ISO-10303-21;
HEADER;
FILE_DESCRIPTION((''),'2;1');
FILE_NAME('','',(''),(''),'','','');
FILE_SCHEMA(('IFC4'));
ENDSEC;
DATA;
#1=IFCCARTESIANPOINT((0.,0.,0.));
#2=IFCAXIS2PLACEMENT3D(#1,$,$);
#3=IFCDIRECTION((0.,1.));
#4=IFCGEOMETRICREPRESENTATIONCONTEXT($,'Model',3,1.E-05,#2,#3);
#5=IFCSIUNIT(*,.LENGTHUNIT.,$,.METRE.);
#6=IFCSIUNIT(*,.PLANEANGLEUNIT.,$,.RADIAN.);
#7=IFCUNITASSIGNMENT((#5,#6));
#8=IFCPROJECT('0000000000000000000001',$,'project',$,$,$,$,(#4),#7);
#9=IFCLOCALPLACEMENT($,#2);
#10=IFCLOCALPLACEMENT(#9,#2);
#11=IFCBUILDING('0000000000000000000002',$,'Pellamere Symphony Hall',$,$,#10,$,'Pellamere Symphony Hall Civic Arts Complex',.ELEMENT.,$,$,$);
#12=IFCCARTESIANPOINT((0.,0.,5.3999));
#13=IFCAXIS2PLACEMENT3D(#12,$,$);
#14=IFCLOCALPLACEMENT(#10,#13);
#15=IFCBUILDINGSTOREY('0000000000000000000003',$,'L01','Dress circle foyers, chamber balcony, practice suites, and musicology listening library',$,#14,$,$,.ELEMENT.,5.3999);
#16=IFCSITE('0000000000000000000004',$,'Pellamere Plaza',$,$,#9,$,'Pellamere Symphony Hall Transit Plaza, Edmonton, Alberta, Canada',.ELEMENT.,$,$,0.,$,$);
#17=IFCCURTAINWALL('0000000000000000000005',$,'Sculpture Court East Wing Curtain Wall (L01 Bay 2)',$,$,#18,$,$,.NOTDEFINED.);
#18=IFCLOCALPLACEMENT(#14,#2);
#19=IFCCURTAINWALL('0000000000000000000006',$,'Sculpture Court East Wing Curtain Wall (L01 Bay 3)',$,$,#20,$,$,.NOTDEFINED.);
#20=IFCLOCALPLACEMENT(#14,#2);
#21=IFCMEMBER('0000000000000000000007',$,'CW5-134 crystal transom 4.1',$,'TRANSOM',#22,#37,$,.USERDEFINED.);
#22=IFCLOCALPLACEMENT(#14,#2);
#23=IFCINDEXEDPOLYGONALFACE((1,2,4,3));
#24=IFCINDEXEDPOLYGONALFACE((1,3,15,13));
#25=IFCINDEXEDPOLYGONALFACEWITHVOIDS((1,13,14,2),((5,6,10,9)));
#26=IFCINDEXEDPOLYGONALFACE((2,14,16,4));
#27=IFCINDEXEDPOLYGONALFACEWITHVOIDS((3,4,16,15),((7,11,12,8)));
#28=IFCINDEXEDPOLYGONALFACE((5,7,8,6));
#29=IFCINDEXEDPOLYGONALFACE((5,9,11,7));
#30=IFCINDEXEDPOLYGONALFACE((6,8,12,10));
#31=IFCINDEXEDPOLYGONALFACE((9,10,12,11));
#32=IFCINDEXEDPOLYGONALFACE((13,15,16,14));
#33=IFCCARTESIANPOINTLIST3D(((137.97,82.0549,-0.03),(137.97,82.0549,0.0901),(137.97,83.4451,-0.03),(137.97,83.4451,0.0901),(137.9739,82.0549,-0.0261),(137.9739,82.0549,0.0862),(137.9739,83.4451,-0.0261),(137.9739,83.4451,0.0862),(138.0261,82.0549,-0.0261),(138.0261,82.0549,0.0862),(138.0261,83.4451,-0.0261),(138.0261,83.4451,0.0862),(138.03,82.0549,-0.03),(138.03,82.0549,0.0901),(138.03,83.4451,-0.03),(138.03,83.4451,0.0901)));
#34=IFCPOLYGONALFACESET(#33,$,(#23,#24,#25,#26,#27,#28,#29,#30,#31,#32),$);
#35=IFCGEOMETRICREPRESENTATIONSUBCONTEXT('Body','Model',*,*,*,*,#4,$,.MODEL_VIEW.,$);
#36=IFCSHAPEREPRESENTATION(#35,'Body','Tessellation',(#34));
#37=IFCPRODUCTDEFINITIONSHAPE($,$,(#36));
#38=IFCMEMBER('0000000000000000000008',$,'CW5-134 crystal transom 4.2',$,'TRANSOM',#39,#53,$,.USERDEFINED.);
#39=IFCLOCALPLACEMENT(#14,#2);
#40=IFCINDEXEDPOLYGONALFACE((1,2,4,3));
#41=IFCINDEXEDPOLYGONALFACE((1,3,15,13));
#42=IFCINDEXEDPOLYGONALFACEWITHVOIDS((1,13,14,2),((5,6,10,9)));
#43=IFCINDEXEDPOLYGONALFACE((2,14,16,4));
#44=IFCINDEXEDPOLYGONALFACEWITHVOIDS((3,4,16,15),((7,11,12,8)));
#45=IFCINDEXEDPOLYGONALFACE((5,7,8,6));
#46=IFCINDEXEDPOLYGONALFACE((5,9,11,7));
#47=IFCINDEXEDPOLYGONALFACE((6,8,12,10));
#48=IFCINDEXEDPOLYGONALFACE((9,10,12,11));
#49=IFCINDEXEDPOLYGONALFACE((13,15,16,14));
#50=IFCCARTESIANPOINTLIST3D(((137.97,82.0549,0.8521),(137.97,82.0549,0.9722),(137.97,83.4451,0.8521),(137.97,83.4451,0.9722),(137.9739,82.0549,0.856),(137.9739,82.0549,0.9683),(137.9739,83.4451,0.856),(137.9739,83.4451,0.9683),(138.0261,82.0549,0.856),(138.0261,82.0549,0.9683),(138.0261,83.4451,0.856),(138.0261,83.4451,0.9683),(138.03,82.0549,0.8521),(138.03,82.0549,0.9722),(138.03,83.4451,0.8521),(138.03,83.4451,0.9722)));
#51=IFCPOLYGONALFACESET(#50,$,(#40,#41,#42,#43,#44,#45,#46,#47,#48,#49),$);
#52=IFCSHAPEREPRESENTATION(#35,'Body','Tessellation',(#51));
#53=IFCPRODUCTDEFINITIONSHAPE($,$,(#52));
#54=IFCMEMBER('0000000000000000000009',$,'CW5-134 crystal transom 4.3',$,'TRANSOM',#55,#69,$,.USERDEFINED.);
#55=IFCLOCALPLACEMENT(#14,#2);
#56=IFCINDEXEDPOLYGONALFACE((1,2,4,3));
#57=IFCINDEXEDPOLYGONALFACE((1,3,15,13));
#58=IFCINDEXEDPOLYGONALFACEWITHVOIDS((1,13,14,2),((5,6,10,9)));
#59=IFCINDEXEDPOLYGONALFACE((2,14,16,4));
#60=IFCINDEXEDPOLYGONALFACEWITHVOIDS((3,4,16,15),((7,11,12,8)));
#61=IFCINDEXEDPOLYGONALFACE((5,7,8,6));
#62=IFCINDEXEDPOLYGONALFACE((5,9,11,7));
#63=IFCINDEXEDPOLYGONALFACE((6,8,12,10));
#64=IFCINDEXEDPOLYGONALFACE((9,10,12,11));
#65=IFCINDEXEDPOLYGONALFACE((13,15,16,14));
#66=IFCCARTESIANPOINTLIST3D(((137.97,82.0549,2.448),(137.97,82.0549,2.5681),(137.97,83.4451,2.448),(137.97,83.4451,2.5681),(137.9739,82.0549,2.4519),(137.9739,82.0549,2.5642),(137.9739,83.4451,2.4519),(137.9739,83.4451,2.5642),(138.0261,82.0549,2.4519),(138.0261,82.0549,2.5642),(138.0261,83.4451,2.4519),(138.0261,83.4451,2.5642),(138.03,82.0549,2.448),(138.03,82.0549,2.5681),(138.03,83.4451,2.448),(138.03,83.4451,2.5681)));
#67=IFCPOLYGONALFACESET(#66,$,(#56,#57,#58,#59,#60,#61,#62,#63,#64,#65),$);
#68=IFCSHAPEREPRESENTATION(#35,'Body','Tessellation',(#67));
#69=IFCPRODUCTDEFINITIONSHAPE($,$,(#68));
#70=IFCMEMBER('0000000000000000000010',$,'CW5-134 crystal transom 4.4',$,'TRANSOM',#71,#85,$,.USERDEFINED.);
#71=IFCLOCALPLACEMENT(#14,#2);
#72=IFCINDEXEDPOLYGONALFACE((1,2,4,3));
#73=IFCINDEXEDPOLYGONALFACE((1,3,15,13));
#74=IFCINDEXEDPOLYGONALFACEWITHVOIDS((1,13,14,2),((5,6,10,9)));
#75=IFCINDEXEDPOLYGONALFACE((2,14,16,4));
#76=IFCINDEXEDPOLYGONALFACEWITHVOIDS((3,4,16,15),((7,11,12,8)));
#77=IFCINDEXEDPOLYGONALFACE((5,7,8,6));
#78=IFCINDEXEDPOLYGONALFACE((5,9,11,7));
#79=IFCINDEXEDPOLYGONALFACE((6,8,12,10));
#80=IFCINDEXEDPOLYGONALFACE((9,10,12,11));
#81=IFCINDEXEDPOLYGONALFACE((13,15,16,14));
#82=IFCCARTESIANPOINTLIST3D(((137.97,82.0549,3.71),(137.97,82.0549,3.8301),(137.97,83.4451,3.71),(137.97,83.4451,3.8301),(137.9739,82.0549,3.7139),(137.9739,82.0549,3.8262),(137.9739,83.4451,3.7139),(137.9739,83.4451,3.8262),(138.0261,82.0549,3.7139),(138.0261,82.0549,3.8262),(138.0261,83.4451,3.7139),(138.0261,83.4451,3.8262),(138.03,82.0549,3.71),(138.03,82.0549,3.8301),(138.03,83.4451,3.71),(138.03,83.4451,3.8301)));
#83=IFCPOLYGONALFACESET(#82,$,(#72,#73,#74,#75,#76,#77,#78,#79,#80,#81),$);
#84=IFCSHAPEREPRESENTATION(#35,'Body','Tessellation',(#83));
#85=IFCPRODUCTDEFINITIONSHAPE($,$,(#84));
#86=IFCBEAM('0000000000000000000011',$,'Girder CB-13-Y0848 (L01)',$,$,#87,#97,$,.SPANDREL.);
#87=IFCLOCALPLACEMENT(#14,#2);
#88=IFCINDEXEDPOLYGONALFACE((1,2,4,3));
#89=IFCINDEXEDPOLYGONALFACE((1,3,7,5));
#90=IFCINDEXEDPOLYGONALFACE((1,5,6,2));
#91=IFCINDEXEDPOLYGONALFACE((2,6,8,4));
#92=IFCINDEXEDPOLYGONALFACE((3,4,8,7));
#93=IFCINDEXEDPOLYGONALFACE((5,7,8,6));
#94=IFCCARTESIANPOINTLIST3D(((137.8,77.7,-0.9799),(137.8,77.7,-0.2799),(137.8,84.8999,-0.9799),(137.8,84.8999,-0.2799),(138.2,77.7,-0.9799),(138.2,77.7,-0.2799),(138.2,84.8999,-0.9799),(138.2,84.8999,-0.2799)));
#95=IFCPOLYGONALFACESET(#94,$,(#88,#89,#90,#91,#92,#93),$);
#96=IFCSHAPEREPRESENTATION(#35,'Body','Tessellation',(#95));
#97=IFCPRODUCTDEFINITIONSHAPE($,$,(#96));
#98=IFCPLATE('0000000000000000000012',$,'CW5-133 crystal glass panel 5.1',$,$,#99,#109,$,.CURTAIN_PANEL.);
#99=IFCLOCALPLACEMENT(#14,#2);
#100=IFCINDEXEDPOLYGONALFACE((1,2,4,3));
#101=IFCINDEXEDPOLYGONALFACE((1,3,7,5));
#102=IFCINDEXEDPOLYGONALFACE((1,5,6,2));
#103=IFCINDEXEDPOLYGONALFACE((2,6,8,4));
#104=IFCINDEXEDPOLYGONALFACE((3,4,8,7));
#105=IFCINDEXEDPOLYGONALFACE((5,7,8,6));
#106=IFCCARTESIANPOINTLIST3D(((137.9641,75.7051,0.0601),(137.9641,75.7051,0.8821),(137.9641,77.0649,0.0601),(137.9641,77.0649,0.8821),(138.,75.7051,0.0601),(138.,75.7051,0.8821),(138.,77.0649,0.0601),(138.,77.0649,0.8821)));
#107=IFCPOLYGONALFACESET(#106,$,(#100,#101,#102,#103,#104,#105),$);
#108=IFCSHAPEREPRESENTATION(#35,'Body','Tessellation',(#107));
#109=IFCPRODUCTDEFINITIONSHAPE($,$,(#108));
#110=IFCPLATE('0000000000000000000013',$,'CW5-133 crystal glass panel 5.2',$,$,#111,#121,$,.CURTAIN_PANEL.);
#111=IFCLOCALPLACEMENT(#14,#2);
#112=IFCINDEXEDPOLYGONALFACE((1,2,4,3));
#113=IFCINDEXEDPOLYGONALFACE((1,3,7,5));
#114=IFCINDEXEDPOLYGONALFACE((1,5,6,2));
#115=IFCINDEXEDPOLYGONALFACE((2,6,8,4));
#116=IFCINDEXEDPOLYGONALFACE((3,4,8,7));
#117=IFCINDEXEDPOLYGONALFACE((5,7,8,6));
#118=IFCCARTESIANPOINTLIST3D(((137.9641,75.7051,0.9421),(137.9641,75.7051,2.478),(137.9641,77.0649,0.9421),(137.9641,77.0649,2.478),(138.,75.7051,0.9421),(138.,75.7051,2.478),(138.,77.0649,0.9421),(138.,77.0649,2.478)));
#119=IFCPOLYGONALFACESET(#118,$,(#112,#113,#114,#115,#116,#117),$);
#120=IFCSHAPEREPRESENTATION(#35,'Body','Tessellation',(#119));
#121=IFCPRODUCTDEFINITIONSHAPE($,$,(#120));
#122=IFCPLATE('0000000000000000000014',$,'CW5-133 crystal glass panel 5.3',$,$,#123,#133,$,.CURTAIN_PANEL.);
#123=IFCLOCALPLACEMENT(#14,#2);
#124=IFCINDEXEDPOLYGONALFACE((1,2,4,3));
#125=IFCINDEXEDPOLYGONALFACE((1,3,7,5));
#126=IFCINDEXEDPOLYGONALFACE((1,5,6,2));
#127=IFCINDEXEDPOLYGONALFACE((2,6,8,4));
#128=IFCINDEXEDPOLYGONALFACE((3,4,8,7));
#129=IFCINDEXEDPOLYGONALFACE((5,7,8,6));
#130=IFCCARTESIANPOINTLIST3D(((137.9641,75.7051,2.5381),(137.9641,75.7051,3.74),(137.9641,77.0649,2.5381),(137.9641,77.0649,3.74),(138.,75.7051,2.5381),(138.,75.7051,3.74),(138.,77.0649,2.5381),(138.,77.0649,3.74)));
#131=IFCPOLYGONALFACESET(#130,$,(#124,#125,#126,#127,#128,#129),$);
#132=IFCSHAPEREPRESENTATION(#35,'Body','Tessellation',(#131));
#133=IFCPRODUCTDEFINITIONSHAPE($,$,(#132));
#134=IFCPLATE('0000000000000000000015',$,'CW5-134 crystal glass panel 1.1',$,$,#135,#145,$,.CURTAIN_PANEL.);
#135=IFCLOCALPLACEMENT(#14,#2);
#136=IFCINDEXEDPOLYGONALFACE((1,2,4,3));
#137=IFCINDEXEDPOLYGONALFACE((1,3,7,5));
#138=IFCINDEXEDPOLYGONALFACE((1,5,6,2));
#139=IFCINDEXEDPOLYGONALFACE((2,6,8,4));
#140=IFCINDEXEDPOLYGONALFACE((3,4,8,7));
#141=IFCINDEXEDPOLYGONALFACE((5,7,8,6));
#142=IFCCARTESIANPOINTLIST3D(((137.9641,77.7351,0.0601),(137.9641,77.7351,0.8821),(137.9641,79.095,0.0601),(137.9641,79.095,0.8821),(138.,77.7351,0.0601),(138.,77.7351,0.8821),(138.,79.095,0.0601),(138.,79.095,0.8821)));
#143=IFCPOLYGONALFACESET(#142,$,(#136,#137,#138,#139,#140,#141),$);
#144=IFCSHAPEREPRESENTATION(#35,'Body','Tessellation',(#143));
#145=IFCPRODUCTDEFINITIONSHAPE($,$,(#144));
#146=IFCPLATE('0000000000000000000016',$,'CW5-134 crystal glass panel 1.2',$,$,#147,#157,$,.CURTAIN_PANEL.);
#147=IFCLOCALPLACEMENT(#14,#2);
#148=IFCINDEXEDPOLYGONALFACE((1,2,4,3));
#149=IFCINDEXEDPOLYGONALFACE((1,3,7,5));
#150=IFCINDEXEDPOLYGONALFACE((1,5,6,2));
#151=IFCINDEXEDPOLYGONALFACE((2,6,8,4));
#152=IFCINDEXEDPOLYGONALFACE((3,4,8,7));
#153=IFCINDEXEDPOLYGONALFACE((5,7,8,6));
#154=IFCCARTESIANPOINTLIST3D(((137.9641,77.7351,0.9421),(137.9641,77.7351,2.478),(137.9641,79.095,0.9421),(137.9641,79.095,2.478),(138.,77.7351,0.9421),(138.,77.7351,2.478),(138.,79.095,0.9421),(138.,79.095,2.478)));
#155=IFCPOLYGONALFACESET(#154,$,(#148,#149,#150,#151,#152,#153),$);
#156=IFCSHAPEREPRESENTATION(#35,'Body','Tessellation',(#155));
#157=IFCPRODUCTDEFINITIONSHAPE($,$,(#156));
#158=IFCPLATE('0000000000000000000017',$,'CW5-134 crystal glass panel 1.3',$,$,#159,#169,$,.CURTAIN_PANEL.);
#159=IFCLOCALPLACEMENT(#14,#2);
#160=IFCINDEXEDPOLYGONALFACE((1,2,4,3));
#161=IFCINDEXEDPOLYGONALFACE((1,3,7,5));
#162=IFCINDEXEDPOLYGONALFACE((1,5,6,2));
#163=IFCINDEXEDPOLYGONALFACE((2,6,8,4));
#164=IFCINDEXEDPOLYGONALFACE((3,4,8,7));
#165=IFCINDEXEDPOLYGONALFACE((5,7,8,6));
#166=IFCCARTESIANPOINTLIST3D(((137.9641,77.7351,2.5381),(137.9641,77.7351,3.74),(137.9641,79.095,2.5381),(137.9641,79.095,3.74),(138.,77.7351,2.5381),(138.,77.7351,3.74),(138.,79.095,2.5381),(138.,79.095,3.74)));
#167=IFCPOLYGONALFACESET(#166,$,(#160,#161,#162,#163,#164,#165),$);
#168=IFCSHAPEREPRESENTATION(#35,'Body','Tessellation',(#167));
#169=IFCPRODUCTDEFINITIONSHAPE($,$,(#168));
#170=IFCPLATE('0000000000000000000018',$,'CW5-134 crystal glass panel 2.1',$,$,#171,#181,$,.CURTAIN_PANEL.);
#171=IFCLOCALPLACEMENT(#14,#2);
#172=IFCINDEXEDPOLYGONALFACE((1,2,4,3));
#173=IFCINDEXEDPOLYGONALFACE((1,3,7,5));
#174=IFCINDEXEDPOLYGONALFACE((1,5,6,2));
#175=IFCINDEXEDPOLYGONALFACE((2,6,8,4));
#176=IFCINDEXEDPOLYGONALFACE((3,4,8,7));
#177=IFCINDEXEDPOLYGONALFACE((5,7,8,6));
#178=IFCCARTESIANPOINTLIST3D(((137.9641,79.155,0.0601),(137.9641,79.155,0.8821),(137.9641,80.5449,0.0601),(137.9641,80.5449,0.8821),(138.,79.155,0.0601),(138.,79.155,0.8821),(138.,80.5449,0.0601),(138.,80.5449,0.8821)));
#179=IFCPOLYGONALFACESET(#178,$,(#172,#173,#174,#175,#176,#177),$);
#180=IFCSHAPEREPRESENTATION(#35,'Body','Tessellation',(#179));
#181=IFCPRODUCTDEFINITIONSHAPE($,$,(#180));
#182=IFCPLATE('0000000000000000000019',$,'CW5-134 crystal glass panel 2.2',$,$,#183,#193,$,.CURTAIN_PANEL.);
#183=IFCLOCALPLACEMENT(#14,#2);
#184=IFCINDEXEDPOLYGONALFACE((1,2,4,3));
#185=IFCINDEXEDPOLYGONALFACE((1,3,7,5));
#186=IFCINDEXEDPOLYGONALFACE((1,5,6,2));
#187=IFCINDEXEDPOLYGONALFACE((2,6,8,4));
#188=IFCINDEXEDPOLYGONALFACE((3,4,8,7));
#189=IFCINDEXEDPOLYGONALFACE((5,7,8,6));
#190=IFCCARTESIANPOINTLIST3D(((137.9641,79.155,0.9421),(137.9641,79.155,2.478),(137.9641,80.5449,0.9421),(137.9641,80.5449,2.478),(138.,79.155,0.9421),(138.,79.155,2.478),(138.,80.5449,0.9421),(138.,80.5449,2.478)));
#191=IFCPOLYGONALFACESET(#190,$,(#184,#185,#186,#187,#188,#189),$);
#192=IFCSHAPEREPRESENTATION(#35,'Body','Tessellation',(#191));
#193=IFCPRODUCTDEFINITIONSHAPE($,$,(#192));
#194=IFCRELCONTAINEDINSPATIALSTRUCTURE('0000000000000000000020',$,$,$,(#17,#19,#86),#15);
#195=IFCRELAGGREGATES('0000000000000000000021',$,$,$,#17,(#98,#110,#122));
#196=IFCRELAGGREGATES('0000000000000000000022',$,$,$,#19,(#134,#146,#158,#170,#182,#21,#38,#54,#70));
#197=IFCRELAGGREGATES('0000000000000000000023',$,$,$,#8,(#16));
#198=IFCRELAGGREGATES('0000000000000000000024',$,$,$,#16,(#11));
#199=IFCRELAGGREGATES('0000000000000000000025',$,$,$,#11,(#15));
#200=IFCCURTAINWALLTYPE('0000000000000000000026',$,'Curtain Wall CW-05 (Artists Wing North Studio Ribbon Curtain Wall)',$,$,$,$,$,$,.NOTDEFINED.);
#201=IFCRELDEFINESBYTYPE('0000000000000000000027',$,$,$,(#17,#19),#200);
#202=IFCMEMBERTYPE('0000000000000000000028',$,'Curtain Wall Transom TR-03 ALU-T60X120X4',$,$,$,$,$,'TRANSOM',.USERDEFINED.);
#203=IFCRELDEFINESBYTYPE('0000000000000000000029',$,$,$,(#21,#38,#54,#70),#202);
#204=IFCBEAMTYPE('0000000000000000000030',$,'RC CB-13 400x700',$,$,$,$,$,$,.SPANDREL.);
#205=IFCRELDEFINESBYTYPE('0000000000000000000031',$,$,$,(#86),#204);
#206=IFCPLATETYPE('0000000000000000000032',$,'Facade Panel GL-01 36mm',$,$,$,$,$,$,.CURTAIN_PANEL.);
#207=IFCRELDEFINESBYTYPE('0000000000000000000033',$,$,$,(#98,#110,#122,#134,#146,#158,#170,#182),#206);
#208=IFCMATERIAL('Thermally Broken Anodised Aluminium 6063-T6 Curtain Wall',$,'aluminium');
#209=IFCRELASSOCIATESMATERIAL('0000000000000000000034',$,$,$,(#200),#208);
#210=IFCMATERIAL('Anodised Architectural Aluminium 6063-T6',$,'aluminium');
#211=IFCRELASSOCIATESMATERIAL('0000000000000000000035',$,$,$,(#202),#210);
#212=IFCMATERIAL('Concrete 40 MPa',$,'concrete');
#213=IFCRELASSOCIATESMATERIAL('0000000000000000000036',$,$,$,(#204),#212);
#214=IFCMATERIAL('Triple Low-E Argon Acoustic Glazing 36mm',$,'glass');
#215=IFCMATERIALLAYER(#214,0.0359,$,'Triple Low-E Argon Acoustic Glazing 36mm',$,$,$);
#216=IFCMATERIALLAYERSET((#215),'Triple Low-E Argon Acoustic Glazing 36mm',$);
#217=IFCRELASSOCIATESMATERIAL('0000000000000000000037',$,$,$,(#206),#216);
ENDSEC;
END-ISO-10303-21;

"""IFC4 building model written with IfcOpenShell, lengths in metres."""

from ifc_helpers import new_model, si_unit, direction, frame, origin, origin_2d, place, context, subcontext, project, spatial, polyline, rectangle, hollow_rectangle, outline, extrude, material, layer, layer_set, material_profile, profile_set, type_object, element, aggregate, save


model = new_model("IFC4")

# Units and contexts
model_context = context("Model", 3, precision=1e-05, world=origin(), true_north=direction((0.0, 1.0)))
body_context = subcontext(model_context, "Body", "Model", "MODEL_VIEW")
ifc_project = project(units=[si_unit("LENGTHUNIT", "METRE"), si_unit("PLANEANGLEUNIT", "RADIAN")], contexts=[model_context])

# Site, building, storey
site_placement = place(None, origin())
site = spatial("IfcSite", under=ifc_project, at=site_placement, Name="Pellamere Plaza", LongName="Pellamere Symphony Hall Transit Plaza, Edmonton, Alberta, Canada", CompositionType="ELEMENT", RefElevation=0.0)
building_placement = place(site_placement, origin())
building = spatial("IfcBuilding", under=site, at=building_placement, Name="Pellamere Symphony Hall", LongName="Pellamere Symphony Hall Civic Arts Complex", CompositionType="ELEMENT")
storey_placement = place(building_placement, frame((0.0, 0.0, 5.3999)))
storey = spatial("IfcBuildingStorey", under=building, at=storey_placement, Name="L01", Description="Dress circle foyers, chamber balcony, practice suites, and musicology listening library", CompositionType="ELEMENT", Elevation=5.3999)

# Shared definitions
ifc_material_1 = material(Name="Concrete 40 MPa", Category="concrete")

# Curtain wall
ifc_material_2 = material(Name="Thermally Broken Anodised Aluminium 6063-T6 Curtain Wall", Category="aluminium")
curtain_wall_type = type_object("IfcCurtainWallType", Name="Curtain Wall CW-05 (Artists Wing North Studio Ribbon Curtain Wall)", PredefinedType="NOTDEFINED", material=ifc_material_2)
curtain_wall_1_placement = place(storey_placement, origin())
curtain_wall_1 = element("IfcCurtainWall", 1, at=curtain_wall_1_placement, inside=storey, type_object=curtain_wall_type, Name="Sculpture Court East Wing Curtain Wall (L01 Bay 2)", PredefinedType="NOTDEFINED")
ifc_material_3 = material(Name="Anodised Architectural Aluminium 6063-T6", Category="aluminium")

# Curtain wall
curtain_wall_2_placement = place(storey_placement, origin())
curtain_wall_2 = element("IfcCurtainWall", 2, at=curtain_wall_2_placement, inside=storey, type_object=curtain_wall_type, Name="Sculpture Court East Wing Curtain Wall (L01 Bay 3)", PredefinedType="NOTDEFINED")

# Members
ifc_material_profile_1 = material_profile(ifc_material_3, hollow_rectangle(XDim=0.0601, YDim=0.1201, WallThickness=0.0039, at=origin_2d()), Name="ALU-T60X120X4")
ifc_profile_set_1 = profile_set([ifc_material_profile_1], Name="Anodised Architectural Aluminium 6063-T6")
member_type_1 = type_object("IfcMemberType", Name="Curtain Wall Transom TR-03 ALU-T60X120X4", ElementType="TRANSOM", PredefinedType="USERDEFINED", material=ifc_profile_set_1)
member_1_placement = place(storey_placement, frame((138.0, 82.0549, 0.03), z_axis=(0.0, 1.0, 0.0), x_axis=(-1.0, 0.0, 0.0)))
member_1 = element("IfcMember", 3, at=member_1_placement, type_object=member_type_1, Name="CW5-134 crystal transom 4.1", ObjectType="TRANSOM", PredefinedType="USERDEFINED", context=body_context, shape_type="SweptSolid", body=[
    extrude(hollow_rectangle(XDim=0.0601, YDim=0.1201, WallThickness=0.0039, at=origin_2d()), origin(), (0.0, 0.0, 1.0), 1.3901),
])
member_2_placement = place(storey_placement, frame((138.0, 82.0549, 0.9121), z_axis=(0.0, 1.0, 0.0), x_axis=(-1.0, 0.0, 0.0)))
member_2 = element("IfcMember", 4, at=member_2_placement, type_object=member_type_1, Name="CW5-134 crystal transom 4.2", ObjectType="TRANSOM", PredefinedType="USERDEFINED", context=body_context, shape_type="SweptSolid", body=[
    extrude(hollow_rectangle(XDim=0.0601, YDim=0.1201, WallThickness=0.0039, at=origin_2d()), origin(), (0.0, 0.0, 1.0), 1.3901),
])
member_3_placement = place(storey_placement, frame((138.0, 82.0549, 2.5081), z_axis=(0.0, 1.0, 0.0), x_axis=(-1.0, 0.0, 0.0)))
member_3 = element("IfcMember", 5, at=member_3_placement, type_object=member_type_1, Name="CW5-134 crystal transom 4.3", ObjectType="TRANSOM", PredefinedType="USERDEFINED", context=body_context, shape_type="SweptSolid", body=[
    extrude(hollow_rectangle(XDim=0.0601, YDim=0.1201, WallThickness=0.0039, at=origin_2d()), origin(), (0.0, 0.0, 1.0), 1.3901),
])
member_4_placement = place(storey_placement, frame((138.0, 82.0549, 3.77), z_axis=(0.0, 1.0, 0.0), x_axis=(-1.0, 0.0, 0.0)))
member_4 = element("IfcMember", 6, at=member_4_placement, type_object=member_type_1, Name="CW5-134 crystal transom 4.4", ObjectType="TRANSOM", PredefinedType="USERDEFINED", context=body_context, shape_type="SweptSolid", body=[
    extrude(hollow_rectangle(XDim=0.0601, YDim=0.1201, WallThickness=0.0039, at=origin_2d()), origin(), (0.0, 0.0, 1.0), 1.3901),
])

# Beam
ifc_material_profile_2 = material_profile(ifc_material_1, rectangle(XDim=0.3999, YDim=0.7, at=origin_2d()), Name="RC 400x700")
ifc_profile_set_2 = profile_set([ifc_material_profile_2], Name="Concrete 40 MPa")
beam_type = type_object("IfcBeamType", Name="RC CB-13 400x700", PredefinedType="SPANDREL", material=ifc_profile_set_2)
beam_placement = place(storey_placement, frame((138.0, 77.7, -0.6299), z_axis=(0.0, 1.0, 0.0), x_axis=(-1.0, 0.0, 0.0)))
element("IfcBeam", 7, at=beam_placement, inside=storey, type_object=beam_type, Name="Girder CB-13-Y0848 (L01)", PredefinedType="SPANDREL", context=body_context, shape_type="SweptSolid", body=[
    extrude(rectangle(XDim=0.3999, YDim=0.7, at=origin_2d()), origin(), (0.0, 0.0, 1.0), 7.2),
])

# Plates
ifc_material_4 = material(Name="Triple Low-E Argon Acoustic Glazing 36mm", Category="glass")
ifc_layer = layer(ifc_material_4, 0.0359, Name="Triple Low-E Argon Acoustic Glazing 36mm")
ifc_layer_set = layer_set([ifc_layer], Name="Triple Low-E Argon Acoustic Glazing 36mm")
plate_type = type_object("IfcPlateType", Name="Facade Panel GL-01 36mm", PredefinedType="CURTAIN_PANEL", material=ifc_layer_set)
plate_1_placement = place(storey_placement, frame((138.0, 75.7051, 0.0601), z_axis=(1.0, 0.0, 0.0), x_axis=(0.0, 1.0, 0.0)))
plate_1 = element("IfcPlate", 8, at=plate_1_placement, type_object=plate_type, Name="CW5-133 crystal glass panel 5.1", PredefinedType="CURTAIN_PANEL", context=body_context, shape_type="SweptSolid", body=[
    extrude(outline(polyline([(0.0, 0.0), (1.3599, 0.0), (1.3599, 0.822), (0.0, 0.822), (0.0, 0.0)])), origin(), (0.0, 0.0, -1.0), 0.0359),
])
plate_2_placement = place(storey_placement, frame((138.0, 75.7051, 0.9421), z_axis=(1.0, 0.0, 0.0), x_axis=(0.0, 1.0, 0.0)))
plate_2 = element("IfcPlate", 9, at=plate_2_placement, type_object=plate_type, Name="CW5-133 crystal glass panel 5.2", PredefinedType="CURTAIN_PANEL", context=body_context, shape_type="SweptSolid", body=[
    extrude(outline(polyline([(0.0, 0.0), (1.3599, 0.0), (1.3599, 1.5359), (0.0, 1.5359), (0.0, 0.0)])), origin(), (0.0, 0.0, -1.0), 0.0359),
])
plate_3_placement = place(storey_placement, frame((138.0, 75.7051, 2.5381), z_axis=(1.0, 0.0, 0.0), x_axis=(0.0, 1.0, 0.0)))
plate_3 = element("IfcPlate", 10, at=plate_3_placement, type_object=plate_type, Name="CW5-133 crystal glass panel 5.3", PredefinedType="CURTAIN_PANEL", context=body_context, shape_type="SweptSolid", body=[
    extrude(outline(polyline([(0.0, 0.0), (1.3599, 0.0), (1.3599, 1.2019), (0.0, 1.2019), (0.0, 0.0)])), origin(), (0.0, 0.0, -1.0), 0.0359),
])
aggregate(curtain_wall_1, [plate_1, plate_2, plate_3])
plate_4_placement = place(storey_placement, frame((138.0, 77.7351, 0.0601), z_axis=(1.0, 0.0, 0.0), x_axis=(0.0, 1.0, 0.0)))
plate_4 = element("IfcPlate", 11, at=plate_4_placement, type_object=plate_type, Name="CW5-134 crystal glass panel 1.1", PredefinedType="CURTAIN_PANEL", context=body_context, shape_type="SweptSolid", body=[
    extrude(outline(polyline([(0.0, 0.0), (1.3599, 0.0), (1.3599, 0.822), (0.0, 0.822), (0.0, 0.0)])), origin(), (0.0, 0.0, -1.0), 0.0359),
])
plate_5_placement = place(storey_placement, frame((138.0, 77.7351, 0.9421), z_axis=(1.0, 0.0, 0.0), x_axis=(0.0, 1.0, 0.0)))
plate_5 = element("IfcPlate", 12, at=plate_5_placement, type_object=plate_type, Name="CW5-134 crystal glass panel 1.2", PredefinedType="CURTAIN_PANEL", context=body_context, shape_type="SweptSolid", body=[
    extrude(outline(polyline([(0.0, 0.0), (1.3599, 0.0), (1.3599, 1.5359), (0.0, 1.5359), (0.0, 0.0)])), origin(), (0.0, 0.0, -1.0), 0.0359),
])
plate_6_placement = place(storey_placement, frame((138.0, 77.7351, 2.5381), z_axis=(1.0, 0.0, 0.0), x_axis=(0.0, 1.0, 0.0)))
plate_6 = element("IfcPlate", 13, at=plate_6_placement, type_object=plate_type, Name="CW5-134 crystal glass panel 1.3", PredefinedType="CURTAIN_PANEL", context=body_context, shape_type="SweptSolid", body=[
    extrude(outline(polyline([(0.0, 0.0), (1.3599, 0.0), (1.3599, 1.2019), (0.0, 1.2019), (0.0, 0.0)])), origin(), (0.0, 0.0, -1.0), 0.0359),
])
plate_7_placement = place(storey_placement, frame((138.0, 79.155, 0.0601), z_axis=(1.0, 0.0, 0.0), x_axis=(0.0, 1.0, 0.0)))
plate_7 = element("IfcPlate", 14, at=plate_7_placement, type_object=plate_type, Name="CW5-134 crystal glass panel 2.1", PredefinedType="CURTAIN_PANEL", context=body_context, shape_type="SweptSolid", body=[
    extrude(outline(polyline([(0.0, 0.0), (1.3899, 0.0), (1.3899, 0.822), (0.0, 0.822), (0.0, 0.0)])), origin(), (0.0, 0.0, -1.0), 0.0359),
])
plate_8_placement = place(storey_placement, frame((138.0, 79.155, 0.9421), z_axis=(1.0, 0.0, 0.0), x_axis=(0.0, 1.0, 0.0)))
plate_8 = element("IfcPlate", 15, at=plate_8_placement, type_object=plate_type, Name="CW5-134 crystal glass panel 2.2", PredefinedType="CURTAIN_PANEL", context=body_context, shape_type="SweptSolid", body=[
    extrude(outline(polyline([(0.0, 0.0), (1.3899, 0.0), (1.3899, 1.5359), (0.0, 1.5359), (0.0, 0.0)])), origin(), (0.0, 0.0, -1.0), 0.0359),
])
aggregate(curtain_wall_2, [plate_4, plate_5, plate_6, plate_7, plate_8, member_1, member_2, member_3, member_4])

save(model, "model.ifc")
